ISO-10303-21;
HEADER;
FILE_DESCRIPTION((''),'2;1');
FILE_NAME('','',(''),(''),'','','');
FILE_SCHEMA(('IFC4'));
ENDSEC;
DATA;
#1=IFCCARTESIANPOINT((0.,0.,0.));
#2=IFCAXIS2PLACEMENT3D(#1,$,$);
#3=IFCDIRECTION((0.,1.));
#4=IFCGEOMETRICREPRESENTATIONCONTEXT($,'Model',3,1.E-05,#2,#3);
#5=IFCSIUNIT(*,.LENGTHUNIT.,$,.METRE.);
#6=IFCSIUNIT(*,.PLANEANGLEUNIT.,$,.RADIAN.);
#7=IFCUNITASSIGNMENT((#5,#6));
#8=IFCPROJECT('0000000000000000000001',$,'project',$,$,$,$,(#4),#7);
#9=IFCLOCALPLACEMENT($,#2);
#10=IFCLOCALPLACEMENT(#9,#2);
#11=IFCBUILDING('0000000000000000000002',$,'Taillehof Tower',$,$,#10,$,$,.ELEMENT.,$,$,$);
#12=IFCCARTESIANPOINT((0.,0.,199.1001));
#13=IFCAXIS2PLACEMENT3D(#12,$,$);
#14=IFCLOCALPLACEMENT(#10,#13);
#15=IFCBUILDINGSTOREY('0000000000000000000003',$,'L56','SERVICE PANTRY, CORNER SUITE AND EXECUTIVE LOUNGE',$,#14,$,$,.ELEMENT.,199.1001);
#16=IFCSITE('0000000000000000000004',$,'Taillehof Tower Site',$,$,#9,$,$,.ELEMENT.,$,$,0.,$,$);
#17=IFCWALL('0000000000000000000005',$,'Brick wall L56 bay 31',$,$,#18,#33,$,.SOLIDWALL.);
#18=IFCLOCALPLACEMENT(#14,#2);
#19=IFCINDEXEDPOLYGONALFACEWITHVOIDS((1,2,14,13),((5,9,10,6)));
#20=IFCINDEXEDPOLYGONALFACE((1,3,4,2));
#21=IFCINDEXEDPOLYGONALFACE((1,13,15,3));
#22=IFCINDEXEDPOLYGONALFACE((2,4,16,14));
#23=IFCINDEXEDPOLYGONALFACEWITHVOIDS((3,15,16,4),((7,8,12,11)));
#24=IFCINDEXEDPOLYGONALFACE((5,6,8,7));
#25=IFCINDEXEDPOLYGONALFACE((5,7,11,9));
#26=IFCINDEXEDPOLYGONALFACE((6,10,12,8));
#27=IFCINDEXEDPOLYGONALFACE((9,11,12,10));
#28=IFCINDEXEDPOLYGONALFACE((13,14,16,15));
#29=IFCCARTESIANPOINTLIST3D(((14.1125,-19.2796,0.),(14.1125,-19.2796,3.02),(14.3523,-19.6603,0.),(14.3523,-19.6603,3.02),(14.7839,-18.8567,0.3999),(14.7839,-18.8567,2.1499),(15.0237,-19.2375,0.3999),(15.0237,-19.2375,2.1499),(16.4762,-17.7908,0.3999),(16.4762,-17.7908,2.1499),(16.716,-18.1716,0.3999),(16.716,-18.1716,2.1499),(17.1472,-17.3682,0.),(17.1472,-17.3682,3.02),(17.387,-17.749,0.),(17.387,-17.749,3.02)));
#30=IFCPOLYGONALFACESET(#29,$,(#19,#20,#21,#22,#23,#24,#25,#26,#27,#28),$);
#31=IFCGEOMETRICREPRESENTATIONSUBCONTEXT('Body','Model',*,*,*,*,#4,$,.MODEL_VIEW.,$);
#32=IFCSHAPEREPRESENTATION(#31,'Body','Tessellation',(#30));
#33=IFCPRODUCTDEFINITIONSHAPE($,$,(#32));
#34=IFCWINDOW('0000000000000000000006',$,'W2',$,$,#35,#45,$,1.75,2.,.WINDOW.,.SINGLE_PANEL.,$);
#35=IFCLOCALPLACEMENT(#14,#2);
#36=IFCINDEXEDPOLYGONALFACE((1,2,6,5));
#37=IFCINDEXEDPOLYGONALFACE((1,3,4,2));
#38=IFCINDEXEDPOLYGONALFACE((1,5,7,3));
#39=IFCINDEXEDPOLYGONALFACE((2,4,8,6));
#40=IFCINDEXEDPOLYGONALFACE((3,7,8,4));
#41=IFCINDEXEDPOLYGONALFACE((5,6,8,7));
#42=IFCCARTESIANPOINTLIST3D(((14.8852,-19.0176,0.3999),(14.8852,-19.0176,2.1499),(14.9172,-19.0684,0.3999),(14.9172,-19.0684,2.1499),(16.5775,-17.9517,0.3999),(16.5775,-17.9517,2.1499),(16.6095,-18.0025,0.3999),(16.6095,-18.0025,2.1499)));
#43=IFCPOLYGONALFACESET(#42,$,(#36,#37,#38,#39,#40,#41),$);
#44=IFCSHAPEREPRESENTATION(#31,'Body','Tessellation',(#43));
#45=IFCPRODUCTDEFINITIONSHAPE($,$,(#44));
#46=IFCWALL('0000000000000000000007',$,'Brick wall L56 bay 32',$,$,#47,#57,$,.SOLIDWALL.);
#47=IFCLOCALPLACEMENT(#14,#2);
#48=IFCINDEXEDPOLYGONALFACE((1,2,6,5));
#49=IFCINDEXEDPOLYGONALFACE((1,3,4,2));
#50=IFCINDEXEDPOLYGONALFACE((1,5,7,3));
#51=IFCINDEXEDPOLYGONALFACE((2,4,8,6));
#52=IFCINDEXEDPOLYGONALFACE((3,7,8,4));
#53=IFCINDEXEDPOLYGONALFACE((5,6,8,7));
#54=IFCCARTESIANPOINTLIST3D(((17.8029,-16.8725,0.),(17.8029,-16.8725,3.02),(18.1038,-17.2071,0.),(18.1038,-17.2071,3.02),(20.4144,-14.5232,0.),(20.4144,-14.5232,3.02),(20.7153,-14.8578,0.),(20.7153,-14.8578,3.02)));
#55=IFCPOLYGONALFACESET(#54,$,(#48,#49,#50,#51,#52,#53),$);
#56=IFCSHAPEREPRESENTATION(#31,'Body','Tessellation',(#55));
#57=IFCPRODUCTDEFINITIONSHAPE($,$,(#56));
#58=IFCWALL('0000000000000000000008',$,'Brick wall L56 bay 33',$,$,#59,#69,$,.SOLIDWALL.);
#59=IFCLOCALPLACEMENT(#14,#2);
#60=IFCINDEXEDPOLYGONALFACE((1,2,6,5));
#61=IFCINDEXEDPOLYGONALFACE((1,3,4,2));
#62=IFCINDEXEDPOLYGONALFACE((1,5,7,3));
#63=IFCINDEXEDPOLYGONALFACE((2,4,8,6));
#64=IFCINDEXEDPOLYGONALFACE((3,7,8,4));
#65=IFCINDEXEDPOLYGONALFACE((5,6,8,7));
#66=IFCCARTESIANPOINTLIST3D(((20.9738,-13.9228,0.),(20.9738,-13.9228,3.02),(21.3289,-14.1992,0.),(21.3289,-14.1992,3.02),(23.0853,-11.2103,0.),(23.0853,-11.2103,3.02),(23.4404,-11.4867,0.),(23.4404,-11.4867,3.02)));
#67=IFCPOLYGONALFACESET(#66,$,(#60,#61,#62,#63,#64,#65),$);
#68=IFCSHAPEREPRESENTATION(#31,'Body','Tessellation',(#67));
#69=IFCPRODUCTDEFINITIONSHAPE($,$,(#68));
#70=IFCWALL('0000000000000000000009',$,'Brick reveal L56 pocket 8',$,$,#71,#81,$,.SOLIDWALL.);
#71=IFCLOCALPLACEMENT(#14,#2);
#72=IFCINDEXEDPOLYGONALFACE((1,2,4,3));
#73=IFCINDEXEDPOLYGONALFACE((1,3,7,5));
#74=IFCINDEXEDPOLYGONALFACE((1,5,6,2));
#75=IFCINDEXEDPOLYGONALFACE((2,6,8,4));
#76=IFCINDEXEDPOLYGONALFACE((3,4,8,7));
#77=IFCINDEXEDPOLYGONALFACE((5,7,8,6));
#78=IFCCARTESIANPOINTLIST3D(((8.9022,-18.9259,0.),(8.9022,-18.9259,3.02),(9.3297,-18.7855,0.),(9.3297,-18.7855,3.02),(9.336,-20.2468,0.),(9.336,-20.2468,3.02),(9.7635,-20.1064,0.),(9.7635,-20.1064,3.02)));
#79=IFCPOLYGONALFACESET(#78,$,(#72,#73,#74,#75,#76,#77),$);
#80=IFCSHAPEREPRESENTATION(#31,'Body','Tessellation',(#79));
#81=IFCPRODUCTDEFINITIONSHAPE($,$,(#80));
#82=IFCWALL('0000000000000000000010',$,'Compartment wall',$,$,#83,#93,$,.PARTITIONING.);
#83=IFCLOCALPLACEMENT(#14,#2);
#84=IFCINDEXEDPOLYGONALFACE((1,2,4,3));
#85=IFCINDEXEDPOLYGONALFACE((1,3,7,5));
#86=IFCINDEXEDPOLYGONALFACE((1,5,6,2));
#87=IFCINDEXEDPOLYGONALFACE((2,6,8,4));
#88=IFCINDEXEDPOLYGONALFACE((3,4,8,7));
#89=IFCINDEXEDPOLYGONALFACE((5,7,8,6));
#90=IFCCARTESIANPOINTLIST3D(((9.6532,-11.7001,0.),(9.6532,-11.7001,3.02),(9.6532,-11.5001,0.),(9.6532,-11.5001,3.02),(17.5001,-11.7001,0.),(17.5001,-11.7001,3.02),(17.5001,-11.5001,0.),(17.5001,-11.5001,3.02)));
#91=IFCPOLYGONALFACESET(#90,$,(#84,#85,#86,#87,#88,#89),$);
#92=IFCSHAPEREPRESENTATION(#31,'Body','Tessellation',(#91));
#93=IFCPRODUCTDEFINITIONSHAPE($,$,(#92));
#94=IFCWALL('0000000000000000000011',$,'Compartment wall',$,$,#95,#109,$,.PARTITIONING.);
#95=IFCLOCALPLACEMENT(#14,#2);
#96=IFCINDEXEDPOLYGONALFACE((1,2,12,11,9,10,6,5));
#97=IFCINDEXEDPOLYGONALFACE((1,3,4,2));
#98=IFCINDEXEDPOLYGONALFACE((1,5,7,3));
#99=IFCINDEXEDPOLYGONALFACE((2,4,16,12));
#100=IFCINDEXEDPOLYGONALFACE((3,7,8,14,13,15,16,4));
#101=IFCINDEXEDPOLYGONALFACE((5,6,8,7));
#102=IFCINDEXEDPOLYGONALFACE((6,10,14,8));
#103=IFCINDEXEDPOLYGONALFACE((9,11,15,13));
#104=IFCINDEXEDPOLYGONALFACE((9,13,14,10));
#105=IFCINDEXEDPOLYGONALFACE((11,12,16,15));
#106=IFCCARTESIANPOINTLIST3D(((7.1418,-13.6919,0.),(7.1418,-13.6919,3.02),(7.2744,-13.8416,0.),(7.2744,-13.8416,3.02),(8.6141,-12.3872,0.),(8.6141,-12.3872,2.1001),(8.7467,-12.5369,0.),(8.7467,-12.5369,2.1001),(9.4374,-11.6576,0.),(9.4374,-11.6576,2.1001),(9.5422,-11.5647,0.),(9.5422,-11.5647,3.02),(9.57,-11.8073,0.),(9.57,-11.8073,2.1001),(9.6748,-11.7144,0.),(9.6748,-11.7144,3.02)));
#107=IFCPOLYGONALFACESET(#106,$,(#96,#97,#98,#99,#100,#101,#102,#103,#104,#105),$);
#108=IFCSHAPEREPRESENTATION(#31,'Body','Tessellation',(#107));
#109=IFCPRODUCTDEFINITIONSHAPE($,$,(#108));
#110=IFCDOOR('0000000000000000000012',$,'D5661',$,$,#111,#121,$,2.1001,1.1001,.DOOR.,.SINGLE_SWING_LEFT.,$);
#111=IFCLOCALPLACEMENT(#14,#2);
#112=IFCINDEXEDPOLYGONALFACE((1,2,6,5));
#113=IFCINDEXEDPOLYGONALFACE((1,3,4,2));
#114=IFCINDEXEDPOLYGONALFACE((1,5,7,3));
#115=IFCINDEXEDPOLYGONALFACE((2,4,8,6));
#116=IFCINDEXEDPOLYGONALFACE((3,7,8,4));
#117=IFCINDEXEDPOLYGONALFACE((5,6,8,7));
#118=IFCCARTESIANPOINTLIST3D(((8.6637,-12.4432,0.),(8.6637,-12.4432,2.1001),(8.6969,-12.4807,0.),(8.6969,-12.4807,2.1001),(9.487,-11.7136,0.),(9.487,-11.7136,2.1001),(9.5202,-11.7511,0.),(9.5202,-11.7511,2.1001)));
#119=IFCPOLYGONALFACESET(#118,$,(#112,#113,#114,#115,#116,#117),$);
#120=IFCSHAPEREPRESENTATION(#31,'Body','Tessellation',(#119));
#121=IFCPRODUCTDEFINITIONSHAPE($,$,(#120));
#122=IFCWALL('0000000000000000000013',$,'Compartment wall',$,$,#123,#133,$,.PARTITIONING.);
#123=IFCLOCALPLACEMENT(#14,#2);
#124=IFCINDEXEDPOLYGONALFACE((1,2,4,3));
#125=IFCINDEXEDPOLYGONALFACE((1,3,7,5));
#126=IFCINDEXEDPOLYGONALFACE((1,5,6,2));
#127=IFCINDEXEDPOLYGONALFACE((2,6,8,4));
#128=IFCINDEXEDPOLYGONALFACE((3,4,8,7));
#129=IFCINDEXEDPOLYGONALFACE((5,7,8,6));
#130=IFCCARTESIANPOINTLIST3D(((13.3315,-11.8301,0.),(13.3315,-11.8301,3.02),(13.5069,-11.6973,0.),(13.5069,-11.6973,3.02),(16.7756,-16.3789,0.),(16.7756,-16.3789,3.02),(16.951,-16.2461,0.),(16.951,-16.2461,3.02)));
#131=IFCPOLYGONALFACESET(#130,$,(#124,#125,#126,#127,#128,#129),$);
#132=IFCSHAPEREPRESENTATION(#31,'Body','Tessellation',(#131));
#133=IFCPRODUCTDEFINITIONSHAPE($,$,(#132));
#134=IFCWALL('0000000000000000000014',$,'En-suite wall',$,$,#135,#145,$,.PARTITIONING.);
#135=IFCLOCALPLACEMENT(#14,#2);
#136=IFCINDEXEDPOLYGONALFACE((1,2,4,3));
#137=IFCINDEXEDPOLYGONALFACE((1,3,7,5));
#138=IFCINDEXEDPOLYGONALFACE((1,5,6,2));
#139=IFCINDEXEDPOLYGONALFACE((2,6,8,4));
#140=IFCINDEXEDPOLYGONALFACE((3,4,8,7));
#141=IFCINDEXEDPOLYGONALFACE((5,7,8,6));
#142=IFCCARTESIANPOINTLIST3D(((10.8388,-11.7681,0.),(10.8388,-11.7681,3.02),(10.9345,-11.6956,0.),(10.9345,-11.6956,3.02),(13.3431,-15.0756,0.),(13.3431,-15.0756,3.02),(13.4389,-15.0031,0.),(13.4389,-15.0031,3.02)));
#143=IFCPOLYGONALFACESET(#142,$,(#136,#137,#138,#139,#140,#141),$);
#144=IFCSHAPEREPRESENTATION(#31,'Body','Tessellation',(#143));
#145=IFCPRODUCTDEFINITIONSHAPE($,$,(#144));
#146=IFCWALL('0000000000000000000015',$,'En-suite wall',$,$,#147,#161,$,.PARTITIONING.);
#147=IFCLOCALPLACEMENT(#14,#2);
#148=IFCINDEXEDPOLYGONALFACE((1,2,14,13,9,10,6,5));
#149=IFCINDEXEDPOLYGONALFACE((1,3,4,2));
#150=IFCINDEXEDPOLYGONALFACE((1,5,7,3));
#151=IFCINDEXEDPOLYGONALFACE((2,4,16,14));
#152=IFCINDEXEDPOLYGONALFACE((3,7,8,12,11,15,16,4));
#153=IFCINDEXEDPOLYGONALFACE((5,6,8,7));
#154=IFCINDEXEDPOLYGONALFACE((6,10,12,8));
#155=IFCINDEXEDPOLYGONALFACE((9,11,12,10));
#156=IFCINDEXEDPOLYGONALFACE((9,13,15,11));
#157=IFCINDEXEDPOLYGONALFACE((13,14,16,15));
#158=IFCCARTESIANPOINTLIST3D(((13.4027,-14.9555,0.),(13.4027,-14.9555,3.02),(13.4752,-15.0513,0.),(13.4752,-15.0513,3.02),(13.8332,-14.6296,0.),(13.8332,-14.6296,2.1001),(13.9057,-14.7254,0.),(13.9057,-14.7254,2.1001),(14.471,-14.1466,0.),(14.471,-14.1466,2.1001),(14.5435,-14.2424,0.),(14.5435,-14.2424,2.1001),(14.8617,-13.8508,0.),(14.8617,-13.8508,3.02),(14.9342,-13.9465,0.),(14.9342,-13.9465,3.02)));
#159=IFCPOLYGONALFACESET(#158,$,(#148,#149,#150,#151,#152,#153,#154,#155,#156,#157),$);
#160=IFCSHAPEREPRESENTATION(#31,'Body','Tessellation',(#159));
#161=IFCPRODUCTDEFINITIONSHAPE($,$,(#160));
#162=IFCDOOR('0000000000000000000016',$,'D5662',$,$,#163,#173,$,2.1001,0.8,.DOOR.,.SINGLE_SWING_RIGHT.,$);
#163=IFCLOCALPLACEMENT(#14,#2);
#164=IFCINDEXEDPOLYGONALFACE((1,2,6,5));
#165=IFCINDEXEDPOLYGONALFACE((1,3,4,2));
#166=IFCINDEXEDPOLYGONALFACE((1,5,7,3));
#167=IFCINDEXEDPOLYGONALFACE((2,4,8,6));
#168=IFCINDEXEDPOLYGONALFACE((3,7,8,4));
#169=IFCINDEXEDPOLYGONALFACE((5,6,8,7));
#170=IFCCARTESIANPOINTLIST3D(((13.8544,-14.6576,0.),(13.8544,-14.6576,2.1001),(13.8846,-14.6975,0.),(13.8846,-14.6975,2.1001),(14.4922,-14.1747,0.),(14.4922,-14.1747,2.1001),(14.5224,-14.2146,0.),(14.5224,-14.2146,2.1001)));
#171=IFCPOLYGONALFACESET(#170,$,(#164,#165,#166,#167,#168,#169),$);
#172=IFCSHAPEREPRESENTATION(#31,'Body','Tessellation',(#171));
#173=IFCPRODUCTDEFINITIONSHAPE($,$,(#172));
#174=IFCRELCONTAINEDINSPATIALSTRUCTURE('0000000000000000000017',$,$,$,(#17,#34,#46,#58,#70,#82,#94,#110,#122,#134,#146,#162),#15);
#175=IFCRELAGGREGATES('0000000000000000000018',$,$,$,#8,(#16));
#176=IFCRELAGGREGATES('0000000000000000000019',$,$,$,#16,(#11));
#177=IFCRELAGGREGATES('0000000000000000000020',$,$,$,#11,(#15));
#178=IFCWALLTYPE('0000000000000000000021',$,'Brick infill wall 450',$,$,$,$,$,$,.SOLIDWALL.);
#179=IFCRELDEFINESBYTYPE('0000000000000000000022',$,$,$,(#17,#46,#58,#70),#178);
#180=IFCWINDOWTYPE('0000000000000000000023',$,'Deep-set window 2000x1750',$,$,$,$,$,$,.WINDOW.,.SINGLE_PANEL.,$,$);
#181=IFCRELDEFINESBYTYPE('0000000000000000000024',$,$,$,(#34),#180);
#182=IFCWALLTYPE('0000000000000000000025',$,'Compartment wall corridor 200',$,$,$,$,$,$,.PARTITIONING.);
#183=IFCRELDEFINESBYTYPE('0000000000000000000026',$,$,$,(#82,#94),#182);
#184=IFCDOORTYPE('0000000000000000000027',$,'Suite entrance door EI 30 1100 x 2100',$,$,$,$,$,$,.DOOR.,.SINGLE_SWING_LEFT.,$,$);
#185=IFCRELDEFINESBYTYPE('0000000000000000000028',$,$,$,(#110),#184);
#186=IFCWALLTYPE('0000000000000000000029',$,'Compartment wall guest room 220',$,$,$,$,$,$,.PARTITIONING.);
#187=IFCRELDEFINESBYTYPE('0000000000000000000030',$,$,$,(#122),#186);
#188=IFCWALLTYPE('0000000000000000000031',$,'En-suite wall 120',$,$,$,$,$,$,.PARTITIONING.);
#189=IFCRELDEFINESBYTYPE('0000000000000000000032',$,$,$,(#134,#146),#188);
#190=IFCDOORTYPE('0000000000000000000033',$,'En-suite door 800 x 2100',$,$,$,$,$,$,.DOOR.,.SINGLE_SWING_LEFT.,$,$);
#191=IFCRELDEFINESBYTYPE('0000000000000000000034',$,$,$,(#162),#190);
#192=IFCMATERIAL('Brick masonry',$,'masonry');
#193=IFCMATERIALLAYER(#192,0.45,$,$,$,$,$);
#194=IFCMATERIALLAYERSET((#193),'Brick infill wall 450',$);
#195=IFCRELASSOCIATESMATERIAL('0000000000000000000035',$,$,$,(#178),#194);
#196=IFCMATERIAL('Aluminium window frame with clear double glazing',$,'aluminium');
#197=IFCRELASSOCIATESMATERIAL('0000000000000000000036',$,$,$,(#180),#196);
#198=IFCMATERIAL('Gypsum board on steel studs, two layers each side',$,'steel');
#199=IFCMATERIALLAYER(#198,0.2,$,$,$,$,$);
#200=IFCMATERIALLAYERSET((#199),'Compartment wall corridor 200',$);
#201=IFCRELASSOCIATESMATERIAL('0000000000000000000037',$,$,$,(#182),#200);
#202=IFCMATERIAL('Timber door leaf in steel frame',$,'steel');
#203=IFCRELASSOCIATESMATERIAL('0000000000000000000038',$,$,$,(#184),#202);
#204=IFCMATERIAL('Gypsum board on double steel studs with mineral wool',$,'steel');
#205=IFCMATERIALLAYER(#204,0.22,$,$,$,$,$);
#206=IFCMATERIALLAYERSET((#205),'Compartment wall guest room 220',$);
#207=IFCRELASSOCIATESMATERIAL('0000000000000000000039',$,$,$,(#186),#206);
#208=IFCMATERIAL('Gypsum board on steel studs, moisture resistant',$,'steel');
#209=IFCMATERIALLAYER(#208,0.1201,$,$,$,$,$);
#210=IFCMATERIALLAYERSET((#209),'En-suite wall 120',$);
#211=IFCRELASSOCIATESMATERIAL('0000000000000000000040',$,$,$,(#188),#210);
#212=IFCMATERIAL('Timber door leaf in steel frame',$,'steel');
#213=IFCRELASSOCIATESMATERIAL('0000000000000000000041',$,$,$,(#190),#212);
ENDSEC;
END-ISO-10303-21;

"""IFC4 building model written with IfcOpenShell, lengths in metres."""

from ifc_helpers import new_model, si_unit, direction, frame, frame_2d, origin, place, context, subcontext, project, spatial, rectangle, extrude, material, layer, layer_set, type_object, element, fill, save


model = new_model("IFC4")

# Units and contexts
model_context = context("Model", 3, precision=1e-05, world=origin(), true_north=direction((0.0, 1.0)))
body_context = subcontext(model_context, "Body", "Model", "MODEL_VIEW")
ifc_project = project(units=[si_unit("LENGTHUNIT", "METRE"), si_unit("PLANEANGLEUNIT", "RADIAN")], contexts=[model_context])

# Site, building, storey
site_placement = place(None, origin())
site = spatial("IfcSite", under=ifc_project, at=site_placement, Name="Taillehof Tower Site", CompositionType="ELEMENT", RefElevation=0.0)
building_placement = place(site_placement, origin())
building = spatial("IfcBuilding", under=site, at=building_placement, Name="Taillehof Tower", CompositionType="ELEMENT")
storey_placement = place(building_placement, frame((0.0, 0.0, 199.1001)))
storey = spatial("IfcBuildingStorey", under=building, at=storey_placement, Name="L56", Description="SERVICE PANTRY, CORNER SUITE AND EXECUTIVE LOUNGE", CompositionType="ELEMENT", Elevation=199.1001)

# Wall, opening, window
ifc_material_1 = material(Name="Brick masonry", Category="masonry")
ifc_layer_1 = layer(ifc_material_1, 0.45)
ifc_layer_set_1 = layer_set([ifc_layer_1], Name="Brick infill wall 450")
wall_type_1 = type_object("IfcWallType", Name="Brick infill wall 450", PredefinedType="SOLIDWALL", material=ifc_layer_set_1)
ifc_material_2 = material(Name="Aluminium window frame with clear double glazing", Category="aluminium")
window_type = type_object("IfcWindowType", Name="Deep-set window 2000x1750", PartitioningType="SINGLE_PANEL", PredefinedType="WINDOW", material=ifc_material_2)
wall_1_placement = place(storey_placement, frame((14.2324, -19.47, 0.0), z_axis=(0.0, 0.0, 1.0), x_axis=(0.84615, 0.532945, 0.0)))
wall_1 = element("IfcWall", 1, at=wall_1_placement, inside=storey, type_object=wall_type_1, Name="Brick wall L56 bay 31", PredefinedType="SOLIDWALL", context=body_context, shape_type="SweptSolid", body=[
    extrude(rectangle(XDim=3.5864, YDim=0.45, at=frame_2d((1.7932, 0.0))), origin(), (0.0, 0.0, 1.0), 3.02),
])
opening_1_placement = place(wall_1_placement, frame((0.7935, 0.0, 0.3999)))
opening_1 = element("IfcOpeningElement", 2, at=opening_1_placement, cuts=wall_1, PredefinedType="OPENING", context=body_context, shape_type="SweptSolid", body=[
    extrude(rectangle(XDim=2.0, YDim=1.75, at=frame_2d((1.0, 0.875))), frame((0.0, 0.2349, 0.0), z_axis=(0.0, -1.0, 0.0), x_axis=(1.0, 0.0, 0.0)), (0.0, 0.0, 1.0), 0.47),
])
window_1_placement = place(opening_1_placement, origin())
window_1 = element("IfcWindow", 3, at=window_1_placement, inside=storey, type_object=window_type, Name="W2", OverallHeight=1.75, OverallWidth=2.0, PartitioningType="SINGLE_PANEL", PredefinedType="WINDOW", context=body_context, shape_type="SweptSolid", body=[
    extrude(rectangle(XDim=2.0, YDim=1.75, at=frame_2d((1.0, 0.875))), frame((0.0, 0.0349, 0.0), z_axis=(0.0, -1.0, 0.0), x_axis=(1.0, 0.0, 0.0)), (0.0, 0.0, 1.0), 0.0601),
])
fill(opening_1, window_1)

# Walls
wall_2_placement = place(storey_placement, frame((17.9534, -17.0398, 0.0), z_axis=(0.0, 0.0, 1.0), x_axis=(0.743443, 0.6688, 0.0)))
element("IfcWall", 4, at=wall_2_placement, inside=storey, type_object=wall_type_1, Name="Brick wall L56 bay 32", PredefinedType="SOLIDWALL", context=body_context, shape_type="SweptSolid", body=[
    extrude(rectangle(XDim=3.5127, YDim=0.45, at=frame_2d((1.7563, 0.0))), origin(), (0.0, 0.0, 1.0), 3.02),
])
wall_3_placement = place(storey_placement, frame((21.1514, -14.061, 0.0), z_axis=(0.0, 0.0, 1.0), x_axis=(0.614255, 0.789107, 0.0)))
element("IfcWall", 5, at=wall_3_placement, inside=storey, type_object=wall_type_1, Name="Brick wall L56 bay 33", PredefinedType="SOLIDWALL", context=body_context, shape_type="SweptSolid", body=[
    extrude(rectangle(XDim=3.4375, YDim=0.45, at=frame_2d((1.7188, 0.0))), origin(), (0.0, 0.0, 1.0), 3.02),
])
wall_4_placement = place(storey_placement, frame((9.5498, -20.1768, 0.0), z_axis=(0.0, 0.0, 1.0), x_axis=(-0.312011, 0.950079, 0.0)))
element("IfcWall", 6, at=wall_4_placement, inside=storey, type_object=wall_type_1, Name="Brick reveal L56 pocket 8", PredefinedType="SOLIDWALL", context=body_context, shape_type="SweptSolid", body=[
    extrude(rectangle(XDim=1.3904, YDim=0.45, at=frame_2d((0.6953, 0.0))), origin(), (0.0, 0.0, 1.0), 3.02),
])
ifc_material_3 = material(Name="Gypsum board on steel studs, two layers each side", Category="steel")
ifc_layer_2 = layer(ifc_material_3, 0.2)
ifc_layer_set_2 = layer_set([ifc_layer_2], Name="Compartment wall corridor 200")
wall_type_2 = type_object("IfcWallType", Name="Compartment wall corridor 200", PredefinedType="PARTITIONING", material=ifc_layer_set_2)
wall_5_placement = place(storey_placement, frame((17.5, -11.6001, 0.0), z_axis=(0.0, 0.0, 1.0), x_axis=(-1.0, 0.0, 0.0)))
element("IfcWall", 7, at=wall_5_placement, inside=storey, type_object=wall_type_2, Name="Compartment wall", PredefinedType="PARTITIONING", context=body_context, shape_type="SweptSolid", body=[
    extrude(rectangle(XDim=7.8469, YDim=0.2, at=frame_2d((3.9233, 0.0))), origin(), (0.0, 0.0, 1.0), 3.02),
])

# Wall, opening, door
wall_6_placement = place(storey_placement, frame((9.6084, -11.6396, 0.0), z_axis=(0.0, 0.0, 1.0), x_axis=(-0.748412, -0.663234, 0.0)))
wall_6 = element("IfcWall", 8, at=wall_6_placement, inside=storey, type_object=wall_type_2, Name="Compartment wall", PredefinedType="PARTITIONING", context=body_context, shape_type="SweptSolid", body=[
    extrude(rectangle(XDim=3.2073, YDim=0.2, at=frame_2d((1.6035, 0.0))), origin(), (0.0, 0.0, 1.0), 3.02),
])
opening_2_placement = place(wall_6_placement, frame((0.1399, 0.0, 0.0)))
opening_2 = element("IfcOpeningElement", 9, at=opening_2_placement, cuts=wall_6, PredefinedType="OPENING", context=body_context, shape_type="SweptSolid", body=[
    extrude(rectangle(XDim=1.1001, YDim=2.1001, at=frame_2d((0.55, 1.05))), frame((0.0, 0.1099, 0.0), z_axis=(0.0, -1.0, 0.0), x_axis=(1.0, 0.0, 0.0)), (0.0, 0.0, 1.0), 0.22),
])
ifc_material_4 = material(Name="Timber door leaf in steel frame", Category="steel")
door_type_1 = type_object("IfcDoorType", Name="Suite entrance door EI 30 1100 x 2100", OperationType="SINGLE_SWING_LEFT", PredefinedType="DOOR", material=ifc_material_4)
door_1_placement = place(opening_2_placement, origin())
door_1 = element("IfcDoor", 10, at=door_1_placement, inside=storey, type_object=door_type_1, Name="D5661", OperationType="SINGLE_SWING_LEFT", OverallHeight=2.1001, OverallWidth=1.1001, PredefinedType="DOOR", context=body_context, shape_type="SweptSolid", body=[
    extrude(rectangle(XDim=1.1001, YDim=2.1001, at=frame_2d((0.55, 1.05))), frame((0.0, 0.0249, 0.0), z_axis=(0.0, -1.0, 0.0), x_axis=(1.0, 0.0, 0.0)), (0.0, 0.0, 1.0), 0.05),
])
fill(opening_2, door_1)

# Walls
ifc_material_5 = material(Name="Gypsum board on double steel studs with mineral wool", Category="steel")
ifc_layer_3 = layer(ifc_material_5, 0.22)
ifc_layer_set_3 = layer_set([ifc_layer_3], Name="Compartment wall guest room 220")
wall_type_3 = type_object("IfcWallType", Name="Compartment wall guest room 220", PredefinedType="PARTITIONING", material=ifc_layer_set_3)
wall_7_placement = place(storey_placement, frame((16.8633, -16.3125, 0.0), z_axis=(0.0, 0.0, 1.0), x_axis=(-0.603636, 0.79726, 0.0)))
element("IfcWall", 11, at=wall_7_placement, inside=storey, type_object=wall_type_3, Name="Compartment wall", PredefinedType="PARTITIONING", context=body_context, shape_type="SweptSolid", body=[
    extrude(rectangle(XDim=5.7056, YDim=0.22, at=frame_2d((2.8528, 0.0))), origin(), (0.0, 0.0, 1.0), 3.02),
])
ifc_material_6 = material(Name="Gypsum board on steel studs, moisture resistant", Category="steel")
ifc_layer_4 = layer(ifc_material_6, 0.1201)
ifc_layer_set_4 = layer_set([ifc_layer_4], Name="En-suite wall 120")
wall_type_4 = type_object("IfcWallType", Name="En-suite wall 120", PredefinedType="PARTITIONING", material=ifc_layer_set_4)
wall_8_placement = place(storey_placement, frame((10.8867, -11.7319, 0.0), z_axis=(0.0, 0.0, 1.0), x_axis=(0.603647, -0.797252, 0.0)))
element("IfcWall", 12, at=wall_8_placement, inside=storey, type_object=wall_type_4, Name="En-suite wall", PredefinedType="PARTITIONING", context=body_context, shape_type="SweptSolid", body=[
    extrude(rectangle(XDim=4.1487, YDim=0.1201, at=frame_2d((2.0742, 0.0))), origin(), (0.0, 0.0, 1.0), 3.02),
])

# Wall, opening, door
wall_9_placement = place(storey_placement, frame((13.439, -15.0034, 0.0), z_axis=(0.0, 0.0, 1.0), x_axis=(0.797238, 0.603665, 0.0)))
wall_9 = element("IfcWall", 13, at=wall_9_placement, inside=storey, type_object=wall_type_4, Name="En-suite wall", PredefinedType="PARTITIONING", context=body_context, shape_type="SweptSolid", body=[
    extrude(rectangle(XDim=1.8301, YDim=0.1201, at=frame_2d((0.915, 0.0))), origin(), (0.0, 0.0, 1.0), 3.02),
])
opening_3_placement = place(wall_9_placement, frame((0.54, 0.0, 0.0)))
opening_3 = element("IfcOpeningElement", 14, at=opening_3_placement, cuts=wall_9, PredefinedType="OPENING", context=body_context, shape_type="SweptSolid", body=[
    extrude(rectangle(XDim=0.8, YDim=2.1001, at=frame_2d((0.3999, 1.05))), frame((0.0, 0.0701, 0.0), z_axis=(0.0, -1.0, 0.0), x_axis=(1.0, 0.0, 0.0)), (0.0, 0.0, 1.0), 0.1401),
])
ifc_material_7 = material(Name="Timber door leaf in steel frame", Category="steel")
door_type_2 = type_object("IfcDoorType", Name="En-suite door 800 x 2100", OperationType="SINGLE_SWING_LEFT", PredefinedType="DOOR", material=ifc_material_7)
door_2_placement = place(opening_3_placement, origin())
door_2 = element("IfcDoor", 15, at=door_2_placement, inside=storey, type_object=door_type_2, Name="D5662", OperationType="SINGLE_SWING_RIGHT", OverallHeight=2.1001, OverallWidth=0.8, PredefinedType="DOOR", context=body_context, shape_type="SweptSolid", body=[
    extrude(rectangle(XDim=0.8, YDim=2.1001, at=frame_2d((0.3999, 1.05))), frame((0.0, 0.0249, 0.0), z_axis=(0.0, -1.0, 0.0), x_axis=(1.0, 0.0, 0.0)), (0.0, 0.0, 1.0), 0.05),
])
fill(opening_3, door_2)

save(model, "model.ifc")
